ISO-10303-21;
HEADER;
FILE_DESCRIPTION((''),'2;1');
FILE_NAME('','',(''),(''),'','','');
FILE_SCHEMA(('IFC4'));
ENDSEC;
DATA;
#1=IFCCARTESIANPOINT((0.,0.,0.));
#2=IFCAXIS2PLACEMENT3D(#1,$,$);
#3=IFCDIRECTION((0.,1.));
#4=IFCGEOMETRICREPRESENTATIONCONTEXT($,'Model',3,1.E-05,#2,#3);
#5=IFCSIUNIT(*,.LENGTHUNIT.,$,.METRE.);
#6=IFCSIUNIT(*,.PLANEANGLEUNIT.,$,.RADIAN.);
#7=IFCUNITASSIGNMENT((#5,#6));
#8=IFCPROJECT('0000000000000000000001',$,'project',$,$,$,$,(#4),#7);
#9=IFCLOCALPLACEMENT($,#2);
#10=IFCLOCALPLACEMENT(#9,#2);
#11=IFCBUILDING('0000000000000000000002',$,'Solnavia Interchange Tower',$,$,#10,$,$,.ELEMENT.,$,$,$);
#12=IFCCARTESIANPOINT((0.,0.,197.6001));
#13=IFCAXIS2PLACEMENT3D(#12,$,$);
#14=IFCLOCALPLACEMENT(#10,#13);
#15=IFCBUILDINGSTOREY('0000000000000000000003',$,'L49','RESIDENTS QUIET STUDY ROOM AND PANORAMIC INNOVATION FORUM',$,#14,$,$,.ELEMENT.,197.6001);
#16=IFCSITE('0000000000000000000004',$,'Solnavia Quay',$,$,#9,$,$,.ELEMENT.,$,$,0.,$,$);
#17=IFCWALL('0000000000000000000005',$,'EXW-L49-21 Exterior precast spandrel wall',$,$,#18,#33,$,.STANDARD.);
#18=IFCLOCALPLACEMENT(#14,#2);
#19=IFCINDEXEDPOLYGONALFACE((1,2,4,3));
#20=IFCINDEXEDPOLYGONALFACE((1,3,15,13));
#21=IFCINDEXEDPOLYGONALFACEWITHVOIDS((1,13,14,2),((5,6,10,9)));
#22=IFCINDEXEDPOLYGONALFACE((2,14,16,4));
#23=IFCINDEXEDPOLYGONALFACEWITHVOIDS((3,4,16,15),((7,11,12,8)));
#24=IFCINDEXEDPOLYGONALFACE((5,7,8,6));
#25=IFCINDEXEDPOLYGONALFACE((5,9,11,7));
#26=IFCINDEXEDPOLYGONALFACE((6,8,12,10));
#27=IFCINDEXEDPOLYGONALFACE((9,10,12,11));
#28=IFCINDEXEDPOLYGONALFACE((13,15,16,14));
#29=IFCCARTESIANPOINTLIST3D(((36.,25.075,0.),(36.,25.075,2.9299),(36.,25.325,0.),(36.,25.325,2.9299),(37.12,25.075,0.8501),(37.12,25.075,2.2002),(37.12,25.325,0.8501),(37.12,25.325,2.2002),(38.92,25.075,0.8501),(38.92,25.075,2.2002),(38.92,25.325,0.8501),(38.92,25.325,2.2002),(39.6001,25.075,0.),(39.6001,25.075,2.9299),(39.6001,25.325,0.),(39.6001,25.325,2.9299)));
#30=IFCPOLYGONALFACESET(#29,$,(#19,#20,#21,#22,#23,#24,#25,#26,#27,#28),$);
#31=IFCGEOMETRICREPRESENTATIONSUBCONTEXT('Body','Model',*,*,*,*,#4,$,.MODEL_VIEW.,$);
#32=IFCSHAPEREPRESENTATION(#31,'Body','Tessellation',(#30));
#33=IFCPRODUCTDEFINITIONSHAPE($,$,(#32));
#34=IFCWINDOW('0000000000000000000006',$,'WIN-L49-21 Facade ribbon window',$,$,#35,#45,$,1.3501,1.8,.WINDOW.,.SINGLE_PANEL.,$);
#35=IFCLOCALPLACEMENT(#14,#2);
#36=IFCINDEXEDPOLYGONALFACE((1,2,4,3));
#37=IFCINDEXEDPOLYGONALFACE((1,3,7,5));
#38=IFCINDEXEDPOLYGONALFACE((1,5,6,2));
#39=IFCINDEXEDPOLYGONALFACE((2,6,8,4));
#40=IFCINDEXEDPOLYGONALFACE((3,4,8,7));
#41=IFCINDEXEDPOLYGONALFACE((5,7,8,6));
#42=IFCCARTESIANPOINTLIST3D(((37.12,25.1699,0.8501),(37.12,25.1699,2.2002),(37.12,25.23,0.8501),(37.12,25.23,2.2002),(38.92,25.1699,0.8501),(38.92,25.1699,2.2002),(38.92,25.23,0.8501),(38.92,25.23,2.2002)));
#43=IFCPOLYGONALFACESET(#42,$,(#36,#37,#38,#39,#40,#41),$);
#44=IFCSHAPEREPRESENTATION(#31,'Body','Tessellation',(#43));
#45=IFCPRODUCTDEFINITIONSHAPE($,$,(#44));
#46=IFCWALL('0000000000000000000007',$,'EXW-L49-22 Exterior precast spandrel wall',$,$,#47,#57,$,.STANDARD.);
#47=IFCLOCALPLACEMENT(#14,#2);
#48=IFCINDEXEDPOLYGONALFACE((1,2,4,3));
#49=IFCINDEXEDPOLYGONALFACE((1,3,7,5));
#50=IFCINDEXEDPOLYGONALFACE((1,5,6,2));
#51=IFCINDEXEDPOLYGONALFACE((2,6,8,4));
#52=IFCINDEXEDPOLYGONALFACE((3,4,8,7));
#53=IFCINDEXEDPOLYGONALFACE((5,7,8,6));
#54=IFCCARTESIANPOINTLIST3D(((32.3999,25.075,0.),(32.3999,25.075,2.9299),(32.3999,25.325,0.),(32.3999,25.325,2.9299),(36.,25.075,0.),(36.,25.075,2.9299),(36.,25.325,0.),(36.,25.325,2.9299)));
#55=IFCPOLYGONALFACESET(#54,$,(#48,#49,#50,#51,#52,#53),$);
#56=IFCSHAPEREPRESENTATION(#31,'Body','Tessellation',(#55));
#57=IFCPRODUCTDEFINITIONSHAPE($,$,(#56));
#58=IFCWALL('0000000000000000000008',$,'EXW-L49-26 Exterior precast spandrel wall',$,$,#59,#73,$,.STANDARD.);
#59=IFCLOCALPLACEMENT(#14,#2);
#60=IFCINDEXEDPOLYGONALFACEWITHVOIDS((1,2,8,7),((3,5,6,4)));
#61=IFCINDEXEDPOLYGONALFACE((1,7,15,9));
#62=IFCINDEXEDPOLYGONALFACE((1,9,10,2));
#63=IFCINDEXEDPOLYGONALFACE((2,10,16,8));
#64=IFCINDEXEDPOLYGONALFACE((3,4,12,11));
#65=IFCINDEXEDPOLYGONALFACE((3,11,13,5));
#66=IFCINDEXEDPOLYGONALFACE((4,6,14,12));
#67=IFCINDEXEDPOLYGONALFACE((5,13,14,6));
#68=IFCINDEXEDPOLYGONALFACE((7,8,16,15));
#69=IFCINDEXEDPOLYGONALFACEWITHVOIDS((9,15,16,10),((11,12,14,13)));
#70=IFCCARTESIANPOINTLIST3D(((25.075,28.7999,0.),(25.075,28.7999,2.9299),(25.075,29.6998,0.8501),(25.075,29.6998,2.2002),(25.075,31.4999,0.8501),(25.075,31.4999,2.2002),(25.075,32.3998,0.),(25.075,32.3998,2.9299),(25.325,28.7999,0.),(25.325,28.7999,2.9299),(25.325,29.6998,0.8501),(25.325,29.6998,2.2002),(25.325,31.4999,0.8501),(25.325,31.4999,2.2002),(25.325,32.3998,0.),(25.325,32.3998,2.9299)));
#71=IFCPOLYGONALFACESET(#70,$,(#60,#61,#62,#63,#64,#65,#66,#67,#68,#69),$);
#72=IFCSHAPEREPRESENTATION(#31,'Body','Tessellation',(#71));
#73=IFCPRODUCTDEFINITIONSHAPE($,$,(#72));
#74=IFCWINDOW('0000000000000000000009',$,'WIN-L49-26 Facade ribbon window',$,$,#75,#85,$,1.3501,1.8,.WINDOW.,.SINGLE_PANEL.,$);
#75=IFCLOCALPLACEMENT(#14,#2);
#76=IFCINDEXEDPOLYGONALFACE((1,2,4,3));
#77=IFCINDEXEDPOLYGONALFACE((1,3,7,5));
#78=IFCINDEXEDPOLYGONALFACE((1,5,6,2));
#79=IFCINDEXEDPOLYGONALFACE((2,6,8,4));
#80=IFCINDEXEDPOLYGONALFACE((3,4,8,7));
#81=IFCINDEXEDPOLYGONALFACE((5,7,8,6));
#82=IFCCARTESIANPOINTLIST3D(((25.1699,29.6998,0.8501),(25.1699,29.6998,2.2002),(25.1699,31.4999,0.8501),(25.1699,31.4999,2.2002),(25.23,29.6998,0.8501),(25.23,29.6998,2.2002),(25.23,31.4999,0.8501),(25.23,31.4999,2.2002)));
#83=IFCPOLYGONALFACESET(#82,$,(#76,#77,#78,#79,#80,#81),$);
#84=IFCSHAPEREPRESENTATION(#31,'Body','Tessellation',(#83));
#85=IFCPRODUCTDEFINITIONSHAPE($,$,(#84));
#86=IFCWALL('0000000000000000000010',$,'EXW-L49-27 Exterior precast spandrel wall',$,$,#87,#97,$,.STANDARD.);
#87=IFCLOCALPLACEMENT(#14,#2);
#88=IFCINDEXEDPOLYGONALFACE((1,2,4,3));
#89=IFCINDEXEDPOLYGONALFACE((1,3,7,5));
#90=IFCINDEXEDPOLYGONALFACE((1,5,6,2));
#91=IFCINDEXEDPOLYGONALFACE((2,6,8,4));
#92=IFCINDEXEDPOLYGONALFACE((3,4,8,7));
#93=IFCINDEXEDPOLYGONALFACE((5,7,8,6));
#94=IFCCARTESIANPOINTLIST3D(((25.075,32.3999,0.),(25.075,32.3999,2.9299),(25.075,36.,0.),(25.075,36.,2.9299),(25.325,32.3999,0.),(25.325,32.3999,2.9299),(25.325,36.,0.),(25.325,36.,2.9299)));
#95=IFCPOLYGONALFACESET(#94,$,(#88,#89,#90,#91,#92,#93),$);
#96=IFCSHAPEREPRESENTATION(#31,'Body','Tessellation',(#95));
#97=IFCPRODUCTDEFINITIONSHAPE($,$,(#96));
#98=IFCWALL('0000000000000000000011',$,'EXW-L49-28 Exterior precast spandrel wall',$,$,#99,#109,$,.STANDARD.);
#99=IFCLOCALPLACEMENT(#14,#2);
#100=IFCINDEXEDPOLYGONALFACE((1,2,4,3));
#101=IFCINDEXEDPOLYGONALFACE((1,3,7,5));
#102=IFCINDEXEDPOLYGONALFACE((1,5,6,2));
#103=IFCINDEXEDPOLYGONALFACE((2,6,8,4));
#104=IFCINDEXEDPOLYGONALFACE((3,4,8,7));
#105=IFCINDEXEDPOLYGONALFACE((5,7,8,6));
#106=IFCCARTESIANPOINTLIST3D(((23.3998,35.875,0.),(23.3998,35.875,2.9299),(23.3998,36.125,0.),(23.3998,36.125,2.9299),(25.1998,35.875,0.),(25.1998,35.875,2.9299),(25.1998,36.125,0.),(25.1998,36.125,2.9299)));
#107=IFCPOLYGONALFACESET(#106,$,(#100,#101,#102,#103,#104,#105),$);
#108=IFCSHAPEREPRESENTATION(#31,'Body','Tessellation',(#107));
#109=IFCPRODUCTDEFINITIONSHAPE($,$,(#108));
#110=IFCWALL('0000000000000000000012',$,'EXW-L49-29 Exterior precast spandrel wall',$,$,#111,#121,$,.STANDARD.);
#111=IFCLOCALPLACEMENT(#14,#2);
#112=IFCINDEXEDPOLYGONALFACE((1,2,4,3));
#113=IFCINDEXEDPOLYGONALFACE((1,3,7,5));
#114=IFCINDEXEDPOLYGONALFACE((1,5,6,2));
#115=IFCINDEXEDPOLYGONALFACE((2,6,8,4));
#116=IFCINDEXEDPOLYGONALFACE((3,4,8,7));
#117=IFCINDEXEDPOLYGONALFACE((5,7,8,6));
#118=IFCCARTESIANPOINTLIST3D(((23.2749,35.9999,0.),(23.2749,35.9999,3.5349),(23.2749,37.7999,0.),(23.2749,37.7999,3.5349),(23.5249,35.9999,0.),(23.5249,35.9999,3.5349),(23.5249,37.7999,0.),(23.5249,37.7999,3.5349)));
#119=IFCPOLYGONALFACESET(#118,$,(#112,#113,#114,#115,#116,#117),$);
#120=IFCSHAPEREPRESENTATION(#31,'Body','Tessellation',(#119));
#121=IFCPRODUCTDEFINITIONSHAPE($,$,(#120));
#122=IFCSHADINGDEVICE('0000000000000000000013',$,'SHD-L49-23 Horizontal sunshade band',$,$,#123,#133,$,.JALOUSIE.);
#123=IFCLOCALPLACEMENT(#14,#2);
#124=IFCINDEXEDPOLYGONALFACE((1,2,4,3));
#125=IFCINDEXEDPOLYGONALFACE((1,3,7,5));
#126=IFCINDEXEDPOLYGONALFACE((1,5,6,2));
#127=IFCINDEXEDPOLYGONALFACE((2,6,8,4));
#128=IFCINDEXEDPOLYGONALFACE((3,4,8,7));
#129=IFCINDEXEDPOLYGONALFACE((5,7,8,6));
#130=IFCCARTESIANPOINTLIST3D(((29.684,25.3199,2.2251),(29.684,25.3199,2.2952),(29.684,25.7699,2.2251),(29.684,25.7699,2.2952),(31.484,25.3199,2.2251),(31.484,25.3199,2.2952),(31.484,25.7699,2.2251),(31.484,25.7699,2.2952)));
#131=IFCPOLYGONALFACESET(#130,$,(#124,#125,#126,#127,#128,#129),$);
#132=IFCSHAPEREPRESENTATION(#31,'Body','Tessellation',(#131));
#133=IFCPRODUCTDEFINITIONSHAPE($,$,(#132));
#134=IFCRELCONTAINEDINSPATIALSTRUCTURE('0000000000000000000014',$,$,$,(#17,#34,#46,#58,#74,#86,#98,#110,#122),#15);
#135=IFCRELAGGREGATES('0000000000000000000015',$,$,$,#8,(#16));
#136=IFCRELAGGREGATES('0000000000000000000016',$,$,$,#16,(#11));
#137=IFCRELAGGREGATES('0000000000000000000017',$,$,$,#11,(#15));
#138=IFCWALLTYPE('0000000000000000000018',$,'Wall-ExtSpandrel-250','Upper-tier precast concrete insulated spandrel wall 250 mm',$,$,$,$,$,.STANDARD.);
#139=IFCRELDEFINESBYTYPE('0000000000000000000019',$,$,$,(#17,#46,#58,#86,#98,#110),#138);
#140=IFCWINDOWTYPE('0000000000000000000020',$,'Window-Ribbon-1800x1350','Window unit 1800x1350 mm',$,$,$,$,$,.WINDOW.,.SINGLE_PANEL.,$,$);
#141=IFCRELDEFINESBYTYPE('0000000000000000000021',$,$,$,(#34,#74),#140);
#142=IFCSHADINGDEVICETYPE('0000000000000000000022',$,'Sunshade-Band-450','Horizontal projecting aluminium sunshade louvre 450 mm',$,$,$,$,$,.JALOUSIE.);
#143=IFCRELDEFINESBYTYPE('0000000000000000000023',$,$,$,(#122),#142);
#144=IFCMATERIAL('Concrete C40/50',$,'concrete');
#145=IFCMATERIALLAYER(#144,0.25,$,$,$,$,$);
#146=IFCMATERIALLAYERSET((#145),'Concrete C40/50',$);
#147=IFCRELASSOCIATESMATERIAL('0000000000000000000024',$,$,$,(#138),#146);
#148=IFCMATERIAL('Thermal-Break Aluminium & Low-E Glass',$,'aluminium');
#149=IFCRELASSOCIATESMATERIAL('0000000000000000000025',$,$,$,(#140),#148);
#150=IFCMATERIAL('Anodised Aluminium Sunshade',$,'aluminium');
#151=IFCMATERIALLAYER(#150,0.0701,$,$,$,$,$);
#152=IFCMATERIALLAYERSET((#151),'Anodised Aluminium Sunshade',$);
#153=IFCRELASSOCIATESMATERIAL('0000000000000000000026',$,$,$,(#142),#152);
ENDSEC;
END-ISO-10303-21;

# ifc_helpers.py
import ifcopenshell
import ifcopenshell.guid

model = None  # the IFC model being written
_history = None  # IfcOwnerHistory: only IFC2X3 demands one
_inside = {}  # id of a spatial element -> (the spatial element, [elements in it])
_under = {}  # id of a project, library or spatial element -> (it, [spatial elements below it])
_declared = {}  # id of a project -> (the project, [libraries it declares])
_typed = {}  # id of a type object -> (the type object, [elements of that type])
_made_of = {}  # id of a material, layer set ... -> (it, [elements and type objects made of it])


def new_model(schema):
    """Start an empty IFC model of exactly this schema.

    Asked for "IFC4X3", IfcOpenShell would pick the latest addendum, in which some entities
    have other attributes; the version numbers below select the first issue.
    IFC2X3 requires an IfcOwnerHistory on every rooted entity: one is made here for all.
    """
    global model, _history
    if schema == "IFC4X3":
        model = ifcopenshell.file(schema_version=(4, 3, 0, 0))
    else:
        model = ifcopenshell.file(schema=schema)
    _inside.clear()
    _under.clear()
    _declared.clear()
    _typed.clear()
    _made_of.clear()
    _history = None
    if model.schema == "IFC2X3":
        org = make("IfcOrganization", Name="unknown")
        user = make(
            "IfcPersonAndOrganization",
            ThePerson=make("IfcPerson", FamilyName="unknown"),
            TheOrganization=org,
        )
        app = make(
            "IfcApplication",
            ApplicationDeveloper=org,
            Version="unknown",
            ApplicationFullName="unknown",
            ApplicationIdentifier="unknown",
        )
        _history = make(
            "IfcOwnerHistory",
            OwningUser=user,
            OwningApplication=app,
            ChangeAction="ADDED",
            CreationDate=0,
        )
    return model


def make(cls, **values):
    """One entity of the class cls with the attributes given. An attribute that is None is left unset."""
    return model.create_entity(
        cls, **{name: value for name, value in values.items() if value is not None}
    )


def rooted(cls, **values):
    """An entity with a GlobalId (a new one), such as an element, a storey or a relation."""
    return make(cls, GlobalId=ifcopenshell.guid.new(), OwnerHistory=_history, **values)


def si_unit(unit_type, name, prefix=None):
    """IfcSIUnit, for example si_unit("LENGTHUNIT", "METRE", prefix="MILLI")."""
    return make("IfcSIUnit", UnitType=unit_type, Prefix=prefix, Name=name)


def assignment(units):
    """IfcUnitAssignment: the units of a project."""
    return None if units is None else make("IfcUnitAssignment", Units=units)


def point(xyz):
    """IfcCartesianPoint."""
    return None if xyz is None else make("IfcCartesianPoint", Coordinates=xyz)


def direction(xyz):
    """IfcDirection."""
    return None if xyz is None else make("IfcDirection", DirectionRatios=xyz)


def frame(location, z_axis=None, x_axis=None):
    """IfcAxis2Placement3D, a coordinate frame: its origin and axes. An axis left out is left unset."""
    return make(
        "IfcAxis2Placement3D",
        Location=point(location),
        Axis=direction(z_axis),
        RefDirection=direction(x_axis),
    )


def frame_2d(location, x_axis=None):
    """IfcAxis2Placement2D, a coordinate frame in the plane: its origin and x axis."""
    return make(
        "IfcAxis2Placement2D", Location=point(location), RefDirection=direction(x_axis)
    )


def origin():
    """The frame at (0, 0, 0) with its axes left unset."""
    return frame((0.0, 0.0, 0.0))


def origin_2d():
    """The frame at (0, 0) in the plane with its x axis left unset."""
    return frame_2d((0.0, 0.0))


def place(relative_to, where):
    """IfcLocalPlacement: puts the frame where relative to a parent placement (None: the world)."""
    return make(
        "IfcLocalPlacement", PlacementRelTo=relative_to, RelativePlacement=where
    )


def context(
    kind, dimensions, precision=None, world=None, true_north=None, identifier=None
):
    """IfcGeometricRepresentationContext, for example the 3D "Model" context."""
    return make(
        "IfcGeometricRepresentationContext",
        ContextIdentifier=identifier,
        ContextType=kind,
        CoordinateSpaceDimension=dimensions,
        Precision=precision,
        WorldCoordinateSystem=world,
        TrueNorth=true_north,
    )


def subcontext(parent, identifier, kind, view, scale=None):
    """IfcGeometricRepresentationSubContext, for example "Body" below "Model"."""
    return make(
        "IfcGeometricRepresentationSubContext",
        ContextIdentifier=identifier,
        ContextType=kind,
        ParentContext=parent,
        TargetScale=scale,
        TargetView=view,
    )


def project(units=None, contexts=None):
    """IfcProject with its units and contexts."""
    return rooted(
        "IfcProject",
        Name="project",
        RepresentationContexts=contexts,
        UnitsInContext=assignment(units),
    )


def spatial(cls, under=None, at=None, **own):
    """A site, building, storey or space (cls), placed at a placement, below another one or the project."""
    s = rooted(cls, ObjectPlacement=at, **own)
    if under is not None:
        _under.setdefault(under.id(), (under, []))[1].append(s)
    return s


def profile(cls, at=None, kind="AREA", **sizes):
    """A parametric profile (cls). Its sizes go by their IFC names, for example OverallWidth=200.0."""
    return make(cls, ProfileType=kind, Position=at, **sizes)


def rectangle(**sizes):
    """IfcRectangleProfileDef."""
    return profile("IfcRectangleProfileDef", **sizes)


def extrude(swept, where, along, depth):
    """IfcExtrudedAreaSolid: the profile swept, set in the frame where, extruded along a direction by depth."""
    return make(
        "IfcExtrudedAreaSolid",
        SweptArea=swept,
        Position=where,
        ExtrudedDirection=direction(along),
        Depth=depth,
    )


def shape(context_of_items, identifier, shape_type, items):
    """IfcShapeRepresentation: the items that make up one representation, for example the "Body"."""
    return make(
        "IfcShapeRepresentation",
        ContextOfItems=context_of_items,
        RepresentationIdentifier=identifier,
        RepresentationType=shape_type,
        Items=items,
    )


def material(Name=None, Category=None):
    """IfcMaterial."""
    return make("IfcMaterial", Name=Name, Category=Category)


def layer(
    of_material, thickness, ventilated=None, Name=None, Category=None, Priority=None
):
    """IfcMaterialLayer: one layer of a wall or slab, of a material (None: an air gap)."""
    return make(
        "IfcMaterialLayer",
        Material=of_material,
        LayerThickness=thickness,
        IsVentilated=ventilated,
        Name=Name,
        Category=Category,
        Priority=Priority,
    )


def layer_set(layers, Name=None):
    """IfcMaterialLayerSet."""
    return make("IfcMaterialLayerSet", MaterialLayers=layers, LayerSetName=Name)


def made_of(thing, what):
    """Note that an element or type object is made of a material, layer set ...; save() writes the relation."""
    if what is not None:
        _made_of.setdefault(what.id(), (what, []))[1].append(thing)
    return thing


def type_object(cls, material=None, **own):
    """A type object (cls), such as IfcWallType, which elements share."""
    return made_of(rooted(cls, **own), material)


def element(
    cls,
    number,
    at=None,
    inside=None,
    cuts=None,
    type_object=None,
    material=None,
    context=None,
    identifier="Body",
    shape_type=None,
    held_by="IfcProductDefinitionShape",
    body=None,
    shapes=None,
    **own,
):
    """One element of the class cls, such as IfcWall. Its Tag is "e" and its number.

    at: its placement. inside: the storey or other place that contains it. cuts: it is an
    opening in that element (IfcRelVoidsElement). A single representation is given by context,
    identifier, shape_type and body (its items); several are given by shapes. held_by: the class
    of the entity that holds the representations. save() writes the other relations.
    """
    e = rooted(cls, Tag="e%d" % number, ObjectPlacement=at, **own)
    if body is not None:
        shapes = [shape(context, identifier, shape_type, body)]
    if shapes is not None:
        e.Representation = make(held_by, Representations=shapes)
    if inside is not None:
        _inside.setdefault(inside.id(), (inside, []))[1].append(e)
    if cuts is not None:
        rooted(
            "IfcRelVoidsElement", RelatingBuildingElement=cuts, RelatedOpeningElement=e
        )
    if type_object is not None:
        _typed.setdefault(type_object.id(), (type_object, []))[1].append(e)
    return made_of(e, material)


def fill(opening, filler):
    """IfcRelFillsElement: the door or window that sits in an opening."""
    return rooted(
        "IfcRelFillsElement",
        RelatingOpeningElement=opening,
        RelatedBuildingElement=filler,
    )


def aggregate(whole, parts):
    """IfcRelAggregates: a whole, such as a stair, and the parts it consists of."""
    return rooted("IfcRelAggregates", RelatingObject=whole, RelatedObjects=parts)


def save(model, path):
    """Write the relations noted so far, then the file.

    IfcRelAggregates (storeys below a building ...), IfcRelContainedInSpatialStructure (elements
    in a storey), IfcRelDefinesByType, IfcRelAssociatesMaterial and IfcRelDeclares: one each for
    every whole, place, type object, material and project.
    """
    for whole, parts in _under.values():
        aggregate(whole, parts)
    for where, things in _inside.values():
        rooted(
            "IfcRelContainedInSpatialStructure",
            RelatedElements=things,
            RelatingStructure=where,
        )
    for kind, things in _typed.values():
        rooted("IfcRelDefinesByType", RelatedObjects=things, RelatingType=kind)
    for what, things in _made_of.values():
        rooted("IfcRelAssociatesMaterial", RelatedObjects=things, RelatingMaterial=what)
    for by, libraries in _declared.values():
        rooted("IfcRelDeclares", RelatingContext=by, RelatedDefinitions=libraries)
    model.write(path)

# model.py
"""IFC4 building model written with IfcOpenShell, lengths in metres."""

from ifc_helpers import new_model, si_unit, direction, frame, frame_2d, origin, origin_2d, place, context, subcontext, project, spatial, rectangle, extrude, material, layer, layer_set, type_object, element, fill, save


model = new_model("IFC4")

# Units and contexts
model_context = context("Model", 3, precision=1e-05, world=origin(), true_north=direction((0.0, 1.0)))
body_context = subcontext(model_context, "Body", "Model", "MODEL_VIEW")
ifc_project = project(units=[si_unit("LENGTHUNIT", "METRE"), si_unit("PLANEANGLEUNIT", "RADIAN")], contexts=[model_context])

# Site, building, storey
site_placement = place(None, origin())
site = spatial("IfcSite", under=ifc_project, at=site_placement, Name="Solnavia Quay", CompositionType="ELEMENT", RefElevation=0.0)
building_placement = place(site_placement, origin())
building = spatial("IfcBuilding", under=site, at=building_placement, Name="Solnavia Interchange Tower", CompositionType="ELEMENT")
storey_placement = place(building_placement, frame((0.0, 0.0, 197.6001)))
storey = spatial("IfcBuildingStorey", under=building, at=storey_placement, Name="L49", Description="RESIDENTS QUIET STUDY ROOM AND PANORAMIC INNOVATION FORUM", CompositionType="ELEMENT", Elevation=197.6001)

# Wall, opening, window
ifc_material_1 = material(Name="Concrete C40/50", Category="concrete")
ifc_layer_1 = layer(ifc_material_1, 0.25)
ifc_layer_set_1 = layer_set([ifc_layer_1], Name="Concrete C40/50")
wall_type = type_object("IfcWallType", Name="Wall-ExtSpandrel-250", Description="Upper-tier precast concrete insulated spandrel wall 250 mm", PredefinedType="STANDARD", material=ifc_layer_set_1)
wall_1_placement = place(storey_placement, frame((36.0, 25.2, 0.0), z_axis=(0.0, 0.0, 1.0), x_axis=(1.0, 0.0, 0.0)))
wall_1 = element("IfcWall", 1, at=wall_1_placement, inside=storey, type_object=wall_type, Name="EXW-L49-21 Exterior precast spandrel wall", PredefinedType="STANDARD", context=body_context, shape_type="SweptSolid", body=[
    extrude(rectangle(XDim=3.6001, YDim=0.25, at=frame_2d((1.8, 0.0))), origin(), (0.0, 0.0, 1.0), 2.9299),
])
opening_1_placement = place(wall_1_placement, frame((1.1201, 0.0, 0.8501)))
opening_1 = element("IfcOpeningElement", 2, at=opening_1_placement, cuts=wall_1, PredefinedType="OPENING", context=body_context, shape_type="SweptSolid", body=[
    extrude(rectangle(XDim=1.8, YDim=1.3501, at=frame_2d((0.8999, 0.675))), frame((0.0, 0.135, 0.0), z_axis=(0.0, -1.0, 0.0), x_axis=(1.0, 0.0, 0.0)), (0.0, 0.0, 1.0), 0.27),
])
ifc_material_2 = material(Name="Thermal-Break Aluminium & Low-E Glass", Category="aluminium")
window_type = type_object("IfcWindowType", Name="Window-Ribbon-1800x1350", Description="Window unit 1800x1350 mm", PartitioningType="SINGLE_PANEL", PredefinedType="WINDOW", material=ifc_material_2)
window_1_placement = place(opening_1_placement, origin())
window_1 = element("IfcWindow", 3, at=window_1_placement, inside=storey, type_object=window_type, Name="WIN-L49-21 Facade ribbon window", OverallHeight=1.3501, OverallWidth=1.8, PartitioningType="SINGLE_PANEL", PredefinedType="WINDOW", context=body_context, shape_type="SweptSolid", body=[
    extrude(rectangle(XDim=1.8, YDim=1.3501, at=frame_2d((0.8999, 0.675))), frame((0.0, 0.03, 0.0), z_axis=(0.0, -1.0, 0.0), x_axis=(1.0, 0.0, 0.0)), (0.0, 0.0, 1.0), 0.0601),
])
fill(opening_1, window_1)

# Wall
wall_2_placement = place(storey_placement, frame((32.3999, 25.2, 0.0), z_axis=(0.0, 0.0, 1.0), x_axis=(1.0, 0.0, 0.0)))
element("IfcWall", 4, at=wall_2_placement, inside=storey, type_object=wall_type, Name="EXW-L49-22 Exterior precast spandrel wall", PredefinedType="STANDARD", context=body_context, shape_type="SweptSolid", body=[
    extrude(rectangle(XDim=3.6001, YDim=0.25, at=frame_2d((1.8, 0.0))), origin(), (0.0, 0.0, 1.0), 2.9299),
])

# Wall, opening, window
wall_3_placement = place(storey_placement, frame((25.2, 28.8, 0.0), z_axis=(0.0, 0.0, 1.0), x_axis=(0.0, 1.0, 0.0)))
wall_3 = element("IfcWall", 5, at=wall_3_placement, inside=storey, type_object=wall_type, Name="EXW-L49-26 Exterior precast spandrel wall", PredefinedType="STANDARD", context=body_context, shape_type="SweptSolid", body=[
    extrude(rectangle(XDim=3.5999, YDim=0.25, at=frame_2d((1.7998, 0.0))), origin(), (0.0, 0.0, 1.0), 2.9299),
])
opening_2_placement = place(wall_3_placement, frame((0.8999, 0.0, 0.8501)))
opening_2 = element("IfcOpeningElement", 6, at=opening_2_placement, cuts=wall_3, PredefinedType="OPENING", context=body_context, shape_type="SweptSolid", body=[
    extrude(rectangle(XDim=1.8, YDim=1.3501, at=frame_2d((0.8999, 0.675))), frame((0.0, 0.135, 0.0), z_axis=(0.0, -1.0, 0.0), x_axis=(1.0, 0.0, 0.0)), (0.0, 0.0, 1.0), 0.27),
])
window_2_placement = place(opening_2_placement, origin())
window_2 = element("IfcWindow", 7, at=window_2_placement, inside=storey, type_object=window_type, Name="WIN-L49-26 Facade ribbon window", OverallHeight=1.3501, OverallWidth=1.8, PartitioningType="SINGLE_PANEL", PredefinedType="WINDOW", context=body_context, shape_type="SweptSolid", body=[
    extrude(rectangle(XDim=1.8, YDim=1.3501, at=frame_2d((0.8999, 0.675))), frame((0.0, 0.03, 0.0), z_axis=(0.0, -1.0, 0.0), x_axis=(1.0, 0.0, 0.0)), (0.0, 0.0, 1.0), 0.0601),
])
fill(opening_2, window_2)

# Walls
wall_4_placement = place(storey_placement, frame((25.2, 32.3999, 0.0), z_axis=(0.0, 0.0, 1.0), x_axis=(0.0, 1.0, 0.0)))
element("IfcWall", 8, at=wall_4_placement, inside=storey, type_object=wall_type, Name="EXW-L49-27 Exterior precast spandrel wall", PredefinedType="STANDARD", context=body_context, shape_type="SweptSolid", body=[
    extrude(rectangle(XDim=3.6001, YDim=0.25, at=frame_2d((1.8, 0.0))), origin(), (0.0, 0.0, 1.0), 2.9299),
])
wall_5_placement = place(storey_placement, frame((23.3999, 36.0, 0.0), z_axis=(0.0, 0.0, 1.0), x_axis=(1.0, 0.0, 0.0)))
element("IfcWall", 9, at=wall_5_placement, inside=storey, type_object=wall_type, Name="EXW-L49-28 Exterior precast spandrel wall", PredefinedType="STANDARD", context=body_context, shape_type="SweptSolid", body=[
    extrude(rectangle(XDim=1.8, YDim=0.25, at=frame_2d((0.8999, 0.0))), origin(), (0.0, 0.0, 1.0), 2.9299),
])
wall_6_placement = place(storey_placement, frame((23.3999, 36.0, 0.0), z_axis=(0.0, 0.0, 1.0), x_axis=(0.0, 1.0, 0.0)))
element("IfcWall", 10, at=wall_6_placement, inside=storey, type_object=wall_type, Name="EXW-L49-29 Exterior precast spandrel wall", PredefinedType="STANDARD", context=body_context, shape_type="SweptSolid", body=[
    extrude(rectangle(XDim=1.8, YDim=0.25, at=frame_2d((0.8999, 0.0))), origin(), (0.0, 0.0, 1.0), 3.5349),
])

# Shading device
ifc_material_3 = material(Name="Anodised Aluminium Sunshade", Category="aluminium")
ifc_layer_2 = layer(ifc_material_3, 0.0701)
ifc_layer_set_2 = layer_set([ifc_layer_2], Name="Anodised Aluminium Sunshade")
shading_device_type = type_object("IfcShadingDeviceType", Name="Sunshade-Band-450", Description="Horizontal projecting aluminium sunshade louvre 450 mm", PredefinedType="JALOUSIE", material=ifc_layer_set_2)
shading_device_placement = place(storey_placement, frame((30.584, 25.5449, 2.2251), z_axis=(0.0, 0.0, 1.0), x_axis=(1.0, 0.0, 0.0)))
element("IfcShadingDevice", 11, at=shading_device_placement, inside=storey, type_object=shading_device_type, Name="SHD-L49-23 Horizontal sunshade band", PredefinedType="JALOUSIE", context=body_context, shape_type="SweptSolid", body=[
    extrude(rectangle(XDim=1.8, YDim=0.45, at=origin_2d()), origin(), (0.0, 0.0, 1.0), 0.0701),
])

save(model, "model.ifc")
